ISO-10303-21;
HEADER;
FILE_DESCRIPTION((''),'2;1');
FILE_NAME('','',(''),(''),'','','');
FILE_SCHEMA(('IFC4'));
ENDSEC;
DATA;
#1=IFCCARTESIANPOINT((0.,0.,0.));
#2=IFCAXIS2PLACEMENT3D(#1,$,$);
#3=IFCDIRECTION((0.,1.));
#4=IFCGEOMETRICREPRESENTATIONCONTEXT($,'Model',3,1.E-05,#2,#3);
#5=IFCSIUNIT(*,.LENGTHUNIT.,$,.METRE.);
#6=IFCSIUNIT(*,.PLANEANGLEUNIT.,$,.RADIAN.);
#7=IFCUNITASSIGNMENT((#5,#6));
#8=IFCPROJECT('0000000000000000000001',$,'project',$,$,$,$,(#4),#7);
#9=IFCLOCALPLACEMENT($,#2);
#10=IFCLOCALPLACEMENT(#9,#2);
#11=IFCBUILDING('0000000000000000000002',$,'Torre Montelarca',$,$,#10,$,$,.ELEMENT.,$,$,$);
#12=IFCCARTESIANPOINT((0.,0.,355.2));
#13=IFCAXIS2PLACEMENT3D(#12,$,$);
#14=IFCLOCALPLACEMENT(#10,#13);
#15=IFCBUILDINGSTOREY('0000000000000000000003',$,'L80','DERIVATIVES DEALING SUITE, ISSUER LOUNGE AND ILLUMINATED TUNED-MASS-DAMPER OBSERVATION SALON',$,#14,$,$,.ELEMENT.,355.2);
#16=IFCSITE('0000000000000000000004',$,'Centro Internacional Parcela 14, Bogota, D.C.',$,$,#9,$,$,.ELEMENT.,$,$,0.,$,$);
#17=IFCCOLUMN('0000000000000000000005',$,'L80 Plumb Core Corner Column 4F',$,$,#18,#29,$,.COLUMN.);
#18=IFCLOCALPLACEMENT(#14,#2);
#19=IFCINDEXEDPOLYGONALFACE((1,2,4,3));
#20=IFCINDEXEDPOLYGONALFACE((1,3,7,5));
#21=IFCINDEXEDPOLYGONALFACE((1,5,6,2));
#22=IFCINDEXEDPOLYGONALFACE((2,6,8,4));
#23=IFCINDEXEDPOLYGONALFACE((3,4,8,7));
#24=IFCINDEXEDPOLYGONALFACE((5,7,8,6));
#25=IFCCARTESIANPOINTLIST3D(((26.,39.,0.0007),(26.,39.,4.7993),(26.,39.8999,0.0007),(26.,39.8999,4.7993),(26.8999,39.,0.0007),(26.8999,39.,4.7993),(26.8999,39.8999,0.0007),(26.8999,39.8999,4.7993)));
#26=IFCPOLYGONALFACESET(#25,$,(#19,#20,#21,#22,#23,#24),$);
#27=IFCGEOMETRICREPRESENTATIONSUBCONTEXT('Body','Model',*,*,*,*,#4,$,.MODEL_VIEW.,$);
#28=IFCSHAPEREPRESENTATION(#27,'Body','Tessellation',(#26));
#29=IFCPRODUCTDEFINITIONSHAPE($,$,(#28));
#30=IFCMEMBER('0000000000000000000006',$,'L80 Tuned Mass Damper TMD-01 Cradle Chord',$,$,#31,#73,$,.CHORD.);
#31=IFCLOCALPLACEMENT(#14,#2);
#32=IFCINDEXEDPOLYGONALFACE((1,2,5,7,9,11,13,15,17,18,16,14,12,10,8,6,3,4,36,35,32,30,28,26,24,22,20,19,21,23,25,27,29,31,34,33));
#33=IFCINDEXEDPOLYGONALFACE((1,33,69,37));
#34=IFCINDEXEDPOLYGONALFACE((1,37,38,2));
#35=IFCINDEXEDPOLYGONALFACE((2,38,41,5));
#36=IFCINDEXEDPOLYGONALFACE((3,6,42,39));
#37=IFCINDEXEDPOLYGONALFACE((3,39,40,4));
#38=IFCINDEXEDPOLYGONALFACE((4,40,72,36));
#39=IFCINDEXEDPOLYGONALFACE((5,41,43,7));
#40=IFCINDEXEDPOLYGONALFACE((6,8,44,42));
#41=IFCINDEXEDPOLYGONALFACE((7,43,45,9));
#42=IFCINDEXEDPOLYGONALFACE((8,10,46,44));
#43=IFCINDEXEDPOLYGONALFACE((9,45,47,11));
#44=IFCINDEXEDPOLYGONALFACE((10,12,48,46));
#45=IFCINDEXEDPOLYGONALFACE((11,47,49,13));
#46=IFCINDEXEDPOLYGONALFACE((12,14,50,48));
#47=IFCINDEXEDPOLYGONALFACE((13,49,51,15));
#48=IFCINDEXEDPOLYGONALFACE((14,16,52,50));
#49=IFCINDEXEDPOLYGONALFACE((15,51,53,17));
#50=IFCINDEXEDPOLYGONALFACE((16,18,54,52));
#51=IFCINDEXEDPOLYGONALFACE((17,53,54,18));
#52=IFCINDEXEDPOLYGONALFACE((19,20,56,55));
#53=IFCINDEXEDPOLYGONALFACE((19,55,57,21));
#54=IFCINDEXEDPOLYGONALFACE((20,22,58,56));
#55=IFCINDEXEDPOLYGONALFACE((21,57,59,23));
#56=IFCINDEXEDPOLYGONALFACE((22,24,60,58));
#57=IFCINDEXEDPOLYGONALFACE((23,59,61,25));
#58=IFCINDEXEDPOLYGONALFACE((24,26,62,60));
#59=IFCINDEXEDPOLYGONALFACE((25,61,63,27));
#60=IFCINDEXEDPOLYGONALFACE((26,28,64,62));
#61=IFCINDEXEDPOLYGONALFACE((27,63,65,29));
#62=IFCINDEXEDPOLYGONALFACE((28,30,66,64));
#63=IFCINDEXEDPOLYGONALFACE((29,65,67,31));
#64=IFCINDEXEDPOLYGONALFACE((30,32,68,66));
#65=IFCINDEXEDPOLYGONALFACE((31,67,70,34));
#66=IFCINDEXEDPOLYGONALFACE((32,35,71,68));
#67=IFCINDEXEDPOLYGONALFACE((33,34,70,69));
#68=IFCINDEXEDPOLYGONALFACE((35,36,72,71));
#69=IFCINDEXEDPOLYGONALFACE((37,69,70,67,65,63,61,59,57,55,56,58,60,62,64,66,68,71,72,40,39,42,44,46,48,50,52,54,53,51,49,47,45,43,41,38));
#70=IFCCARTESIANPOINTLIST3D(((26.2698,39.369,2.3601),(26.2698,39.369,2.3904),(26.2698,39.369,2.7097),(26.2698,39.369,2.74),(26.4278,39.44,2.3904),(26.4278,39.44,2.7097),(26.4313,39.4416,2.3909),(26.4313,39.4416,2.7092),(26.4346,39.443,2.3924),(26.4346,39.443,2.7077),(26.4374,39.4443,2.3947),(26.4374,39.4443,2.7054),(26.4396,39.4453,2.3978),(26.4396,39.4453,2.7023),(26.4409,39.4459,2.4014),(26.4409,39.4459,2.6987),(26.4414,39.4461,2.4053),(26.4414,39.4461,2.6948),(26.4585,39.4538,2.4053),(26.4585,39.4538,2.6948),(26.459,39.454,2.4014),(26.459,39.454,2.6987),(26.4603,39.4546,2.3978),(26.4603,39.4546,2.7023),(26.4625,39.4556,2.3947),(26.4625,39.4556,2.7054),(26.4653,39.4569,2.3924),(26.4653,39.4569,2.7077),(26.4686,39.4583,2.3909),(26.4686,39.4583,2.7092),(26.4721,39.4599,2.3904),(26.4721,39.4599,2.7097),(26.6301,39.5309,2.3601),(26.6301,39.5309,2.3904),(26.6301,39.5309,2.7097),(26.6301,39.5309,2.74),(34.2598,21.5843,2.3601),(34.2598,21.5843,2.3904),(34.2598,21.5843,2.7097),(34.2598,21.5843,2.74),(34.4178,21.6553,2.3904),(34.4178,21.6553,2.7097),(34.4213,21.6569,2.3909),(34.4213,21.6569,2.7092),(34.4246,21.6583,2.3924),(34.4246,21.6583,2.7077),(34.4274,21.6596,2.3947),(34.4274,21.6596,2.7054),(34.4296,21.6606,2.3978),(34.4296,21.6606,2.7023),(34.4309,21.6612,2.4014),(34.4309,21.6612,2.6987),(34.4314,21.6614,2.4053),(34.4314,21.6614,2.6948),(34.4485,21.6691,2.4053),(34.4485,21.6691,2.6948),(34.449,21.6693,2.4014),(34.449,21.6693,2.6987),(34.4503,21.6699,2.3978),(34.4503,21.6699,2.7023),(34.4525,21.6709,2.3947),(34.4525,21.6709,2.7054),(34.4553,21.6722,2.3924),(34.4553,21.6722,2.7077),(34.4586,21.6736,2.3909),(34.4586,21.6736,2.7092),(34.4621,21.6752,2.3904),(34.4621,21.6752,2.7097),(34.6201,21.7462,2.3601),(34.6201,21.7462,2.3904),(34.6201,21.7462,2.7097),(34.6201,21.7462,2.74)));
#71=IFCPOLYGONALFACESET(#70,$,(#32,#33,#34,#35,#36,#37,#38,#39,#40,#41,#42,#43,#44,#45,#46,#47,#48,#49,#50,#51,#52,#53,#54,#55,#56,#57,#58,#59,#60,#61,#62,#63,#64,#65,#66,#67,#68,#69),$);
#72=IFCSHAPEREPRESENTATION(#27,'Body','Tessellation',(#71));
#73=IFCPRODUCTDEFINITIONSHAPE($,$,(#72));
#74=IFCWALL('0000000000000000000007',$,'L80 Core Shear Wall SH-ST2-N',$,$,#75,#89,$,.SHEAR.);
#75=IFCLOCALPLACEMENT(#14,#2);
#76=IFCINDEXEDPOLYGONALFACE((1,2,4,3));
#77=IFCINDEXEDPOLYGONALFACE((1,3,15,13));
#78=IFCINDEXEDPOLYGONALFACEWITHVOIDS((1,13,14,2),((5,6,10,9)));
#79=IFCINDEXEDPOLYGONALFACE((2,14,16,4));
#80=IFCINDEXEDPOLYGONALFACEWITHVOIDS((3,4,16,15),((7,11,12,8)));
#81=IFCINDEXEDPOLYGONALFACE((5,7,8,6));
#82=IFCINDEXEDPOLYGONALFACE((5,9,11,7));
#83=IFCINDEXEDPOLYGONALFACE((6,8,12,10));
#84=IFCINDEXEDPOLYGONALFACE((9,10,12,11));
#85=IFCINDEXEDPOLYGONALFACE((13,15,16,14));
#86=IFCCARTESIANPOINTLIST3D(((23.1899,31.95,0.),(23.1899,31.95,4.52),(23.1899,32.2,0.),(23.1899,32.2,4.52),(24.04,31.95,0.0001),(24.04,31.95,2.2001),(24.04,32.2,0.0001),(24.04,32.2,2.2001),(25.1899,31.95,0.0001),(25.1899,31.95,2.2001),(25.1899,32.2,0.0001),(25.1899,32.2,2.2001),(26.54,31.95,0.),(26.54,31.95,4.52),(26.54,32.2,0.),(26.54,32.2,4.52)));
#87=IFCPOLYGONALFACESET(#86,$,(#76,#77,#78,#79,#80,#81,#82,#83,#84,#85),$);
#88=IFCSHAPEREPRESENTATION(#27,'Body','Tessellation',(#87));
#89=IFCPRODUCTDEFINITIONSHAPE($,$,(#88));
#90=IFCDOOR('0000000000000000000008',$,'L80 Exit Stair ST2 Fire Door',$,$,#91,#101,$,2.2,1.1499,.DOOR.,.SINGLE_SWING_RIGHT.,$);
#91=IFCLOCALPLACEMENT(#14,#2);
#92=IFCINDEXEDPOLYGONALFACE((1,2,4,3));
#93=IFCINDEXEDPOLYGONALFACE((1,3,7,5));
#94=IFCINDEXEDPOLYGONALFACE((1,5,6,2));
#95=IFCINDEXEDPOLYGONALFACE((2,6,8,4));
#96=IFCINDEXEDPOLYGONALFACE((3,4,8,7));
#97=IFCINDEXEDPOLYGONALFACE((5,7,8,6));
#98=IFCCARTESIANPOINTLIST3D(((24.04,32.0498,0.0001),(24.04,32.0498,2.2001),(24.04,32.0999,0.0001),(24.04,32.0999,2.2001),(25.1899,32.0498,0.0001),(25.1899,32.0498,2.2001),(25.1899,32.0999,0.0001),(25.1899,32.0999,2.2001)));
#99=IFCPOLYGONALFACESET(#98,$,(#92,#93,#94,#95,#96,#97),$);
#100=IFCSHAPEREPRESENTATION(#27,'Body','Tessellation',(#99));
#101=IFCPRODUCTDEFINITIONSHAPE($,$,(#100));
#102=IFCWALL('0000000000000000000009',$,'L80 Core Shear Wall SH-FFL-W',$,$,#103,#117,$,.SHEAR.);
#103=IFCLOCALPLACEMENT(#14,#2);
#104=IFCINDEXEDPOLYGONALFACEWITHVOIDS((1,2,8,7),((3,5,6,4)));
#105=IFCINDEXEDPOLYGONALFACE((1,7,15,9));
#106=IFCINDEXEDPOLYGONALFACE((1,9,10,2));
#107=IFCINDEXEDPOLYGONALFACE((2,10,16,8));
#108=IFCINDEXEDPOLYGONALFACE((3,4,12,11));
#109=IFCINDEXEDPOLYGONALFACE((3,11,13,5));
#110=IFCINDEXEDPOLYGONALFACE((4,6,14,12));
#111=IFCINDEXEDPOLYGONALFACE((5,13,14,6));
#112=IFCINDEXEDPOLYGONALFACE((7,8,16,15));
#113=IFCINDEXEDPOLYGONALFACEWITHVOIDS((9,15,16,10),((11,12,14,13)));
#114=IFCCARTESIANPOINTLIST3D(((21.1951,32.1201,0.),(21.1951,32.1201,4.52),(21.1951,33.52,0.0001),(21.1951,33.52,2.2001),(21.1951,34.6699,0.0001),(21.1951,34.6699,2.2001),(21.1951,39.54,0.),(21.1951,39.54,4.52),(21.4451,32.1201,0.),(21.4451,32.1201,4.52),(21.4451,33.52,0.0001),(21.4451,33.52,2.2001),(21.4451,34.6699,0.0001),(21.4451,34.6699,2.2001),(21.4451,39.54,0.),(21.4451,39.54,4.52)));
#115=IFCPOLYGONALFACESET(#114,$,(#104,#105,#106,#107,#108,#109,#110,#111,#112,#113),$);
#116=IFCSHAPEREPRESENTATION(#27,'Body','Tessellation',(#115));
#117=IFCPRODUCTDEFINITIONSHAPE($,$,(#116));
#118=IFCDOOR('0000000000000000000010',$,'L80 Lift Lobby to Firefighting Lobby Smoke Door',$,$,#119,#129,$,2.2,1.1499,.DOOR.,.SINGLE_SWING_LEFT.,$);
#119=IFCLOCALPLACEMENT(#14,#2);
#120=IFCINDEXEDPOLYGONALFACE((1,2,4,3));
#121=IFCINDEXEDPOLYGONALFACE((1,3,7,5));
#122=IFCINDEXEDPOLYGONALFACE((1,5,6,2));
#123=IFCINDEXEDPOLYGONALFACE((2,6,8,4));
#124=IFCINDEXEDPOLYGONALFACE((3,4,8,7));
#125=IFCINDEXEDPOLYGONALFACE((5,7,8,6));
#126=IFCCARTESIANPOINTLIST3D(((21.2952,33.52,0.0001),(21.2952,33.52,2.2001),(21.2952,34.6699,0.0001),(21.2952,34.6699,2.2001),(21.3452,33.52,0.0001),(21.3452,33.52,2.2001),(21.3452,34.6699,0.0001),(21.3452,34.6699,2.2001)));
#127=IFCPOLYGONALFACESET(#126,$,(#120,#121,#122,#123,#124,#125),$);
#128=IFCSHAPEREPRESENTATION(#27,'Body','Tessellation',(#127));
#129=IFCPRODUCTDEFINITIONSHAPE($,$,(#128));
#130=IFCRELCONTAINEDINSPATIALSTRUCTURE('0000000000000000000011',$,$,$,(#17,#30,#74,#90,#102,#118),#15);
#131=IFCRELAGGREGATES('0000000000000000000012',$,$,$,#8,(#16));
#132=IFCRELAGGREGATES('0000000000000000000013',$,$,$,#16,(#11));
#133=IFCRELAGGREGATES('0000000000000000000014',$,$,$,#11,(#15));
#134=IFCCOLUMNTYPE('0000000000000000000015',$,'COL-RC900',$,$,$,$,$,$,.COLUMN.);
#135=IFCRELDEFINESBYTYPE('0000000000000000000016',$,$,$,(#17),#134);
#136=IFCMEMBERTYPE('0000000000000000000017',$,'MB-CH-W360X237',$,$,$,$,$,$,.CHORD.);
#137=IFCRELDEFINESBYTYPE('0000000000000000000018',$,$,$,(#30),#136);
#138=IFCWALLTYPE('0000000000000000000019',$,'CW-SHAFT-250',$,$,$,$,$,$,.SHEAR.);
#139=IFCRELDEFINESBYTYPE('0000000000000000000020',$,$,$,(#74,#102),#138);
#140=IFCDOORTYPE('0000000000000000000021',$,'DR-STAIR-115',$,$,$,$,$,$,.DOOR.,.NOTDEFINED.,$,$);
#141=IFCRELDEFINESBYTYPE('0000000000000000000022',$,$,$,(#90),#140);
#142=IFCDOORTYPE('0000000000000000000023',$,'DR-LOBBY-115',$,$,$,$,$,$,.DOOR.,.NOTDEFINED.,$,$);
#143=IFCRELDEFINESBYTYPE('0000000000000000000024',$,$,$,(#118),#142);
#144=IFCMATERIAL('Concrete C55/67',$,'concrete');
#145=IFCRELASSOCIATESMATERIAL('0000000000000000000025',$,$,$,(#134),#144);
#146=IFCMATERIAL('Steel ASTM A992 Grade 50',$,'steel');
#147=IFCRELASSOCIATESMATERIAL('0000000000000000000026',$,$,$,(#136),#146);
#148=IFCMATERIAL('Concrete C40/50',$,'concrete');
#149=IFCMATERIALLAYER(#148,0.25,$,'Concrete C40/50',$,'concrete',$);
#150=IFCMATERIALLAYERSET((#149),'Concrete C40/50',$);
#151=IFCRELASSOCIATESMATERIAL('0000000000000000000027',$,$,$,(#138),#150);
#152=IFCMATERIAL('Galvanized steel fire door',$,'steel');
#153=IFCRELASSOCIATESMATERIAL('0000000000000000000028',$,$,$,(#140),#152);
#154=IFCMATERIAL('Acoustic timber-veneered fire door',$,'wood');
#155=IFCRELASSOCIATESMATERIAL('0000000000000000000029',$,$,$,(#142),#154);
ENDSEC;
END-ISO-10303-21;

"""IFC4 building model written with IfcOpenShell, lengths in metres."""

from ifc_helpers import new_model, si_unit, direction, frame, frame_2d, origin, origin_2d, place, context, subcontext, project, spatial, rectangle, i_section, extrude, source, transform, mapped, material, layer, layer_set, material_profile, profile_set, type_object, element, fill, save


model = new_model("IFC4")

# Units and contexts
model_context = context("Model", 3, precision=1e-05, world=origin(), true_north=direction((0.0, 1.0)))
body_context = subcontext(model_context, "Body", "Model", "MODEL_VIEW")
ifc_project = project(units=[si_unit("LENGTHUNIT", "METRE"), si_unit("PLANEANGLEUNIT", "RADIAN")], contexts=[model_context])

# Site, building, storey
site_placement = place(None, origin())
site = spatial("IfcSite", under=ifc_project, at=site_placement, Name="Centro Internacional Parcela 14, Bogota, D.C.", CompositionType="ELEMENT", RefElevation=0.0)
building_placement = place(site_placement, origin())
building = spatial("IfcBuilding", under=site, at=building_placement, Name="Torre Montelarca", CompositionType="ELEMENT")
storey_placement = place(building_placement, frame((0.0, 0.0, 355.2)))
storey = spatial("IfcBuildingStorey", under=building, at=storey_placement, Name="L80", Description="DERIVATIVES DEALING SUITE, ISSUER LOUNGE AND ILLUMINATED TUNED-MASS-DAMPER OBSERVATION SALON", CompositionType="ELEMENT", Elevation=355.2)

# Column
ifc_material_1 = material(Name="Concrete C55/67", Category="concrete")
ifc_material_profile_1 = material_profile(ifc_material_1, rectangle(XDim=0.8999, YDim=0.8999, at=origin_2d()), Name="RC900X900", Category="concrete")
ifc_profile_set_1 = profile_set([ifc_material_profile_1], Name="Concrete C55/67")
column_type = type_object("IfcColumnType", Name="COL-RC900", PredefinedType="COLUMN", material=ifc_profile_set_1)
shared_shape_1 = source(origin(), body_context, "Body", "SweptSolid", [
    extrude(rectangle(XDim=0.8999, YDim=0.8999, at=origin_2d()), origin(), (0.0, 0.0, 1.0), 4.7986),
])
column_placement = place(storey_placement, frame((26.45, 39.45, 0.0007), z_axis=(0.0, 0.0, 1.0), x_axis=(1.0, 0.0, 0.0)))
element("IfcColumn", 1, at=column_placement, inside=storey, type_object=column_type, Name="L80 Plumb Core Corner Column 4F", PredefinedType="COLUMN", context=body_context, shape_type="MappedRepresentation", body=[
    mapped(shared_shape_1, transform((0.0, 0.0, 0.0), scale=1.0)),
])

# Member
ifc_material_2 = material(Name="Steel ASTM A992 Grade 50", Category="steel")
ifc_material_profile_2 = material_profile(ifc_material_2, i_section(OverallWidth=0.395, OverallDepth=0.3799, WebThickness=0.0188, FlangeThickness=0.0303, FilletRadius=0.0149, at=origin_2d()), Name="W360X237", Category="steel")
ifc_profile_set_2 = profile_set([ifc_material_profile_2], Name="Steel ASTM A992 Grade 50")
member_type = type_object("IfcMemberType", Name="MB-CH-W360X237", PredefinedType="CHORD", material=ifc_profile_set_2)
shared_shape_2 = source(origin(), body_context, "Body", "SweptSolid", [
    extrude(i_section(OverallWidth=0.395, OverallDepth=0.3799, WebThickness=0.0188, FlangeThickness=0.0303, FilletRadius=0.0149, at=origin_2d()), origin(), (0.0, 0.0, 1.0), 19.4971),
])
member_placement = place(storey_placement, frame((26.45, 39.45, 2.55), z_axis=(0.409805, -0.912173, 0.0), x_axis=(0.912173, 0.409805, 0.0)))
element("IfcMember", 2, at=member_placement, inside=storey, type_object=member_type, Name="L80 Tuned Mass Damper TMD-01 Cradle Chord", PredefinedType="CHORD", context=body_context, shape_type="MappedRepresentation", body=[
    mapped(shared_shape_2, transform((0.0, 0.0, 0.0), scale=1.0)),
])

# Walls, openings, doors
ifc_material_3 = material(Name="Concrete C40/50", Category="concrete")
ifc_layer_1 = layer(ifc_material_3, 0.25, Name="Concrete C40/50", Category="concrete")
ifc_layer_set_1 = layer_set([ifc_layer_1], Name="Concrete C40/50")
wall_type_1 = type_object("IfcWallType", Name="CW-SHAFT-250", PredefinedType="SHEAR", material=ifc_layer_set_1)
wall_1_placement = place(storey_placement, frame((23.1899, 32.075, 0.0), z_axis=(0.0, 0.0, 1.0), x_axis=(1.0, 0.0, 0.0)))
wall_1 = element("IfcWall", 3, at=wall_1_placement, inside=storey, type_object=wall_type_1, Name="L80 Core Shear Wall SH-ST2-N", PredefinedType="SHEAR", context=body_context, shape_type="SweptSolid", body=[
    extrude(rectangle(XDim=3.3501, YDim=0.25, at=frame_2d((1.675, 0.0))), origin(), (0.0, 0.0, 1.0), 4.52),
])
opening_1_placement = place(wall_1_placement, frame((0.8501, 0.0, 0.0)))
opening_1 = element("IfcOpeningElement", 4, at=opening_1_placement, cuts=wall_1, PredefinedType="OPENING", context=body_context, shape_type="SweptSolid", body=[
    extrude(rectangle(XDim=1.1499, YDim=2.2, at=frame_2d((0.575, 1.1001))), frame((0.0, 0.135, 0.0), z_axis=(0.0, -1.0, 0.0), x_axis=(1.0, 0.0, 0.0)), (0.0, 0.0, 1.0), 0.27),
])
ifc_material_4 = material(Name="Galvanized steel fire door", Category="steel")
door_type_1 = type_object("IfcDoorType", Name="DR-STAIR-115", OperationType="NOTDEFINED", PredefinedType="DOOR", material=ifc_material_4)
shared_shape_3 = source(origin(), body_context, "Body", "SweptSolid", [
    extrude(rectangle(XDim=1.1499, YDim=2.2, at=frame_2d((0.575, 1.1001))), frame((0.0, 0.0249, 0.0), z_axis=(0.0, -1.0, 0.0), x_axis=(1.0, 0.0, 0.0)), (0.0, 0.0, 1.0), 0.05),
])
door_1_placement = place(opening_1_placement, origin())
door_1 = element("IfcDoor", 5, at=door_1_placement, inside=storey, type_object=door_type_1, Name="L80 Exit Stair ST2 Fire Door", OperationType="SINGLE_SWING_RIGHT", OverallHeight=2.2, OverallWidth=1.1499, PredefinedType="DOOR", context=body_context, shape_type="MappedRepresentation", body=[
    mapped(shared_shape_3, transform((0.0, 0.0, 0.0), scale=1.0)),
])
fill(opening_1, door_1)
wall_2_placement = place(storey_placement, frame((21.3201, 32.1201, 0.0), z_axis=(0.0, 0.0, 1.0), x_axis=(0.0, 1.0, 0.0)))
wall_2 = element("IfcWall", 6, at=wall_2_placement, inside=storey, type_object=wall_type_1, Name="L80 Core Shear Wall SH-FFL-W", PredefinedType="SHEAR", context=body_context, shape_type="SweptSolid", body=[
    extrude(rectangle(XDim=7.4199, YDim=0.25, at=frame_2d((3.71, 0.0))), origin(), (0.0, 0.0, 1.0), 4.52),
])
opening_2_placement = place(wall_2_placement, frame((1.3999, 0.0, 0.0)))
opening_2 = element("IfcOpeningElement", 7, at=opening_2_placement, cuts=wall_2, PredefinedType="OPENING", context=body_context, shape_type="SweptSolid", body=[
    extrude(rectangle(XDim=1.1499, YDim=2.2, at=frame_2d((0.575, 1.1001))), frame((0.0, 0.135, 0.0), z_axis=(0.0, -1.0, 0.0), x_axis=(1.0, 0.0, 0.0)), (0.0, 0.0, 1.0), 0.27),
])
ifc_material_5 = material(Name="Acoustic timber-veneered fire door", Category="wood")
door_type_2 = type_object("IfcDoorType", Name="DR-LOBBY-115", OperationType="NOTDEFINED", PredefinedType="DOOR", material=ifc_material_5)
shared_shape_4 = source(origin(), body_context, "Body", "SweptSolid", [
    extrude(rectangle(XDim=1.1499, YDim=2.2, at=frame_2d((0.575, 1.1001))), frame((0.0, 0.0249, 0.0), z_axis=(0.0, -1.0, 0.0), x_axis=(1.0, 0.0, 0.0)), (0.0, 0.0, 1.0), 0.05),
])
door_2_placement = place(opening_2_placement, origin())
door_2 = element("IfcDoor", 8, at=door_2_placement, inside=storey, type_object=door_type_2, Name="L80 Lift Lobby to Firefighting Lobby Smoke Door", OperationType="SINGLE_SWING_LEFT", OverallHeight=2.2, OverallWidth=1.1499, PredefinedType="DOOR", context=body_context, shape_type="MappedRepresentation", body=[
    mapped(shared_shape_4, transform((0.0, 0.0, 0.0), scale=1.0)),
])
fill(opening_2, door_2)

save(model, "model.ifc")
